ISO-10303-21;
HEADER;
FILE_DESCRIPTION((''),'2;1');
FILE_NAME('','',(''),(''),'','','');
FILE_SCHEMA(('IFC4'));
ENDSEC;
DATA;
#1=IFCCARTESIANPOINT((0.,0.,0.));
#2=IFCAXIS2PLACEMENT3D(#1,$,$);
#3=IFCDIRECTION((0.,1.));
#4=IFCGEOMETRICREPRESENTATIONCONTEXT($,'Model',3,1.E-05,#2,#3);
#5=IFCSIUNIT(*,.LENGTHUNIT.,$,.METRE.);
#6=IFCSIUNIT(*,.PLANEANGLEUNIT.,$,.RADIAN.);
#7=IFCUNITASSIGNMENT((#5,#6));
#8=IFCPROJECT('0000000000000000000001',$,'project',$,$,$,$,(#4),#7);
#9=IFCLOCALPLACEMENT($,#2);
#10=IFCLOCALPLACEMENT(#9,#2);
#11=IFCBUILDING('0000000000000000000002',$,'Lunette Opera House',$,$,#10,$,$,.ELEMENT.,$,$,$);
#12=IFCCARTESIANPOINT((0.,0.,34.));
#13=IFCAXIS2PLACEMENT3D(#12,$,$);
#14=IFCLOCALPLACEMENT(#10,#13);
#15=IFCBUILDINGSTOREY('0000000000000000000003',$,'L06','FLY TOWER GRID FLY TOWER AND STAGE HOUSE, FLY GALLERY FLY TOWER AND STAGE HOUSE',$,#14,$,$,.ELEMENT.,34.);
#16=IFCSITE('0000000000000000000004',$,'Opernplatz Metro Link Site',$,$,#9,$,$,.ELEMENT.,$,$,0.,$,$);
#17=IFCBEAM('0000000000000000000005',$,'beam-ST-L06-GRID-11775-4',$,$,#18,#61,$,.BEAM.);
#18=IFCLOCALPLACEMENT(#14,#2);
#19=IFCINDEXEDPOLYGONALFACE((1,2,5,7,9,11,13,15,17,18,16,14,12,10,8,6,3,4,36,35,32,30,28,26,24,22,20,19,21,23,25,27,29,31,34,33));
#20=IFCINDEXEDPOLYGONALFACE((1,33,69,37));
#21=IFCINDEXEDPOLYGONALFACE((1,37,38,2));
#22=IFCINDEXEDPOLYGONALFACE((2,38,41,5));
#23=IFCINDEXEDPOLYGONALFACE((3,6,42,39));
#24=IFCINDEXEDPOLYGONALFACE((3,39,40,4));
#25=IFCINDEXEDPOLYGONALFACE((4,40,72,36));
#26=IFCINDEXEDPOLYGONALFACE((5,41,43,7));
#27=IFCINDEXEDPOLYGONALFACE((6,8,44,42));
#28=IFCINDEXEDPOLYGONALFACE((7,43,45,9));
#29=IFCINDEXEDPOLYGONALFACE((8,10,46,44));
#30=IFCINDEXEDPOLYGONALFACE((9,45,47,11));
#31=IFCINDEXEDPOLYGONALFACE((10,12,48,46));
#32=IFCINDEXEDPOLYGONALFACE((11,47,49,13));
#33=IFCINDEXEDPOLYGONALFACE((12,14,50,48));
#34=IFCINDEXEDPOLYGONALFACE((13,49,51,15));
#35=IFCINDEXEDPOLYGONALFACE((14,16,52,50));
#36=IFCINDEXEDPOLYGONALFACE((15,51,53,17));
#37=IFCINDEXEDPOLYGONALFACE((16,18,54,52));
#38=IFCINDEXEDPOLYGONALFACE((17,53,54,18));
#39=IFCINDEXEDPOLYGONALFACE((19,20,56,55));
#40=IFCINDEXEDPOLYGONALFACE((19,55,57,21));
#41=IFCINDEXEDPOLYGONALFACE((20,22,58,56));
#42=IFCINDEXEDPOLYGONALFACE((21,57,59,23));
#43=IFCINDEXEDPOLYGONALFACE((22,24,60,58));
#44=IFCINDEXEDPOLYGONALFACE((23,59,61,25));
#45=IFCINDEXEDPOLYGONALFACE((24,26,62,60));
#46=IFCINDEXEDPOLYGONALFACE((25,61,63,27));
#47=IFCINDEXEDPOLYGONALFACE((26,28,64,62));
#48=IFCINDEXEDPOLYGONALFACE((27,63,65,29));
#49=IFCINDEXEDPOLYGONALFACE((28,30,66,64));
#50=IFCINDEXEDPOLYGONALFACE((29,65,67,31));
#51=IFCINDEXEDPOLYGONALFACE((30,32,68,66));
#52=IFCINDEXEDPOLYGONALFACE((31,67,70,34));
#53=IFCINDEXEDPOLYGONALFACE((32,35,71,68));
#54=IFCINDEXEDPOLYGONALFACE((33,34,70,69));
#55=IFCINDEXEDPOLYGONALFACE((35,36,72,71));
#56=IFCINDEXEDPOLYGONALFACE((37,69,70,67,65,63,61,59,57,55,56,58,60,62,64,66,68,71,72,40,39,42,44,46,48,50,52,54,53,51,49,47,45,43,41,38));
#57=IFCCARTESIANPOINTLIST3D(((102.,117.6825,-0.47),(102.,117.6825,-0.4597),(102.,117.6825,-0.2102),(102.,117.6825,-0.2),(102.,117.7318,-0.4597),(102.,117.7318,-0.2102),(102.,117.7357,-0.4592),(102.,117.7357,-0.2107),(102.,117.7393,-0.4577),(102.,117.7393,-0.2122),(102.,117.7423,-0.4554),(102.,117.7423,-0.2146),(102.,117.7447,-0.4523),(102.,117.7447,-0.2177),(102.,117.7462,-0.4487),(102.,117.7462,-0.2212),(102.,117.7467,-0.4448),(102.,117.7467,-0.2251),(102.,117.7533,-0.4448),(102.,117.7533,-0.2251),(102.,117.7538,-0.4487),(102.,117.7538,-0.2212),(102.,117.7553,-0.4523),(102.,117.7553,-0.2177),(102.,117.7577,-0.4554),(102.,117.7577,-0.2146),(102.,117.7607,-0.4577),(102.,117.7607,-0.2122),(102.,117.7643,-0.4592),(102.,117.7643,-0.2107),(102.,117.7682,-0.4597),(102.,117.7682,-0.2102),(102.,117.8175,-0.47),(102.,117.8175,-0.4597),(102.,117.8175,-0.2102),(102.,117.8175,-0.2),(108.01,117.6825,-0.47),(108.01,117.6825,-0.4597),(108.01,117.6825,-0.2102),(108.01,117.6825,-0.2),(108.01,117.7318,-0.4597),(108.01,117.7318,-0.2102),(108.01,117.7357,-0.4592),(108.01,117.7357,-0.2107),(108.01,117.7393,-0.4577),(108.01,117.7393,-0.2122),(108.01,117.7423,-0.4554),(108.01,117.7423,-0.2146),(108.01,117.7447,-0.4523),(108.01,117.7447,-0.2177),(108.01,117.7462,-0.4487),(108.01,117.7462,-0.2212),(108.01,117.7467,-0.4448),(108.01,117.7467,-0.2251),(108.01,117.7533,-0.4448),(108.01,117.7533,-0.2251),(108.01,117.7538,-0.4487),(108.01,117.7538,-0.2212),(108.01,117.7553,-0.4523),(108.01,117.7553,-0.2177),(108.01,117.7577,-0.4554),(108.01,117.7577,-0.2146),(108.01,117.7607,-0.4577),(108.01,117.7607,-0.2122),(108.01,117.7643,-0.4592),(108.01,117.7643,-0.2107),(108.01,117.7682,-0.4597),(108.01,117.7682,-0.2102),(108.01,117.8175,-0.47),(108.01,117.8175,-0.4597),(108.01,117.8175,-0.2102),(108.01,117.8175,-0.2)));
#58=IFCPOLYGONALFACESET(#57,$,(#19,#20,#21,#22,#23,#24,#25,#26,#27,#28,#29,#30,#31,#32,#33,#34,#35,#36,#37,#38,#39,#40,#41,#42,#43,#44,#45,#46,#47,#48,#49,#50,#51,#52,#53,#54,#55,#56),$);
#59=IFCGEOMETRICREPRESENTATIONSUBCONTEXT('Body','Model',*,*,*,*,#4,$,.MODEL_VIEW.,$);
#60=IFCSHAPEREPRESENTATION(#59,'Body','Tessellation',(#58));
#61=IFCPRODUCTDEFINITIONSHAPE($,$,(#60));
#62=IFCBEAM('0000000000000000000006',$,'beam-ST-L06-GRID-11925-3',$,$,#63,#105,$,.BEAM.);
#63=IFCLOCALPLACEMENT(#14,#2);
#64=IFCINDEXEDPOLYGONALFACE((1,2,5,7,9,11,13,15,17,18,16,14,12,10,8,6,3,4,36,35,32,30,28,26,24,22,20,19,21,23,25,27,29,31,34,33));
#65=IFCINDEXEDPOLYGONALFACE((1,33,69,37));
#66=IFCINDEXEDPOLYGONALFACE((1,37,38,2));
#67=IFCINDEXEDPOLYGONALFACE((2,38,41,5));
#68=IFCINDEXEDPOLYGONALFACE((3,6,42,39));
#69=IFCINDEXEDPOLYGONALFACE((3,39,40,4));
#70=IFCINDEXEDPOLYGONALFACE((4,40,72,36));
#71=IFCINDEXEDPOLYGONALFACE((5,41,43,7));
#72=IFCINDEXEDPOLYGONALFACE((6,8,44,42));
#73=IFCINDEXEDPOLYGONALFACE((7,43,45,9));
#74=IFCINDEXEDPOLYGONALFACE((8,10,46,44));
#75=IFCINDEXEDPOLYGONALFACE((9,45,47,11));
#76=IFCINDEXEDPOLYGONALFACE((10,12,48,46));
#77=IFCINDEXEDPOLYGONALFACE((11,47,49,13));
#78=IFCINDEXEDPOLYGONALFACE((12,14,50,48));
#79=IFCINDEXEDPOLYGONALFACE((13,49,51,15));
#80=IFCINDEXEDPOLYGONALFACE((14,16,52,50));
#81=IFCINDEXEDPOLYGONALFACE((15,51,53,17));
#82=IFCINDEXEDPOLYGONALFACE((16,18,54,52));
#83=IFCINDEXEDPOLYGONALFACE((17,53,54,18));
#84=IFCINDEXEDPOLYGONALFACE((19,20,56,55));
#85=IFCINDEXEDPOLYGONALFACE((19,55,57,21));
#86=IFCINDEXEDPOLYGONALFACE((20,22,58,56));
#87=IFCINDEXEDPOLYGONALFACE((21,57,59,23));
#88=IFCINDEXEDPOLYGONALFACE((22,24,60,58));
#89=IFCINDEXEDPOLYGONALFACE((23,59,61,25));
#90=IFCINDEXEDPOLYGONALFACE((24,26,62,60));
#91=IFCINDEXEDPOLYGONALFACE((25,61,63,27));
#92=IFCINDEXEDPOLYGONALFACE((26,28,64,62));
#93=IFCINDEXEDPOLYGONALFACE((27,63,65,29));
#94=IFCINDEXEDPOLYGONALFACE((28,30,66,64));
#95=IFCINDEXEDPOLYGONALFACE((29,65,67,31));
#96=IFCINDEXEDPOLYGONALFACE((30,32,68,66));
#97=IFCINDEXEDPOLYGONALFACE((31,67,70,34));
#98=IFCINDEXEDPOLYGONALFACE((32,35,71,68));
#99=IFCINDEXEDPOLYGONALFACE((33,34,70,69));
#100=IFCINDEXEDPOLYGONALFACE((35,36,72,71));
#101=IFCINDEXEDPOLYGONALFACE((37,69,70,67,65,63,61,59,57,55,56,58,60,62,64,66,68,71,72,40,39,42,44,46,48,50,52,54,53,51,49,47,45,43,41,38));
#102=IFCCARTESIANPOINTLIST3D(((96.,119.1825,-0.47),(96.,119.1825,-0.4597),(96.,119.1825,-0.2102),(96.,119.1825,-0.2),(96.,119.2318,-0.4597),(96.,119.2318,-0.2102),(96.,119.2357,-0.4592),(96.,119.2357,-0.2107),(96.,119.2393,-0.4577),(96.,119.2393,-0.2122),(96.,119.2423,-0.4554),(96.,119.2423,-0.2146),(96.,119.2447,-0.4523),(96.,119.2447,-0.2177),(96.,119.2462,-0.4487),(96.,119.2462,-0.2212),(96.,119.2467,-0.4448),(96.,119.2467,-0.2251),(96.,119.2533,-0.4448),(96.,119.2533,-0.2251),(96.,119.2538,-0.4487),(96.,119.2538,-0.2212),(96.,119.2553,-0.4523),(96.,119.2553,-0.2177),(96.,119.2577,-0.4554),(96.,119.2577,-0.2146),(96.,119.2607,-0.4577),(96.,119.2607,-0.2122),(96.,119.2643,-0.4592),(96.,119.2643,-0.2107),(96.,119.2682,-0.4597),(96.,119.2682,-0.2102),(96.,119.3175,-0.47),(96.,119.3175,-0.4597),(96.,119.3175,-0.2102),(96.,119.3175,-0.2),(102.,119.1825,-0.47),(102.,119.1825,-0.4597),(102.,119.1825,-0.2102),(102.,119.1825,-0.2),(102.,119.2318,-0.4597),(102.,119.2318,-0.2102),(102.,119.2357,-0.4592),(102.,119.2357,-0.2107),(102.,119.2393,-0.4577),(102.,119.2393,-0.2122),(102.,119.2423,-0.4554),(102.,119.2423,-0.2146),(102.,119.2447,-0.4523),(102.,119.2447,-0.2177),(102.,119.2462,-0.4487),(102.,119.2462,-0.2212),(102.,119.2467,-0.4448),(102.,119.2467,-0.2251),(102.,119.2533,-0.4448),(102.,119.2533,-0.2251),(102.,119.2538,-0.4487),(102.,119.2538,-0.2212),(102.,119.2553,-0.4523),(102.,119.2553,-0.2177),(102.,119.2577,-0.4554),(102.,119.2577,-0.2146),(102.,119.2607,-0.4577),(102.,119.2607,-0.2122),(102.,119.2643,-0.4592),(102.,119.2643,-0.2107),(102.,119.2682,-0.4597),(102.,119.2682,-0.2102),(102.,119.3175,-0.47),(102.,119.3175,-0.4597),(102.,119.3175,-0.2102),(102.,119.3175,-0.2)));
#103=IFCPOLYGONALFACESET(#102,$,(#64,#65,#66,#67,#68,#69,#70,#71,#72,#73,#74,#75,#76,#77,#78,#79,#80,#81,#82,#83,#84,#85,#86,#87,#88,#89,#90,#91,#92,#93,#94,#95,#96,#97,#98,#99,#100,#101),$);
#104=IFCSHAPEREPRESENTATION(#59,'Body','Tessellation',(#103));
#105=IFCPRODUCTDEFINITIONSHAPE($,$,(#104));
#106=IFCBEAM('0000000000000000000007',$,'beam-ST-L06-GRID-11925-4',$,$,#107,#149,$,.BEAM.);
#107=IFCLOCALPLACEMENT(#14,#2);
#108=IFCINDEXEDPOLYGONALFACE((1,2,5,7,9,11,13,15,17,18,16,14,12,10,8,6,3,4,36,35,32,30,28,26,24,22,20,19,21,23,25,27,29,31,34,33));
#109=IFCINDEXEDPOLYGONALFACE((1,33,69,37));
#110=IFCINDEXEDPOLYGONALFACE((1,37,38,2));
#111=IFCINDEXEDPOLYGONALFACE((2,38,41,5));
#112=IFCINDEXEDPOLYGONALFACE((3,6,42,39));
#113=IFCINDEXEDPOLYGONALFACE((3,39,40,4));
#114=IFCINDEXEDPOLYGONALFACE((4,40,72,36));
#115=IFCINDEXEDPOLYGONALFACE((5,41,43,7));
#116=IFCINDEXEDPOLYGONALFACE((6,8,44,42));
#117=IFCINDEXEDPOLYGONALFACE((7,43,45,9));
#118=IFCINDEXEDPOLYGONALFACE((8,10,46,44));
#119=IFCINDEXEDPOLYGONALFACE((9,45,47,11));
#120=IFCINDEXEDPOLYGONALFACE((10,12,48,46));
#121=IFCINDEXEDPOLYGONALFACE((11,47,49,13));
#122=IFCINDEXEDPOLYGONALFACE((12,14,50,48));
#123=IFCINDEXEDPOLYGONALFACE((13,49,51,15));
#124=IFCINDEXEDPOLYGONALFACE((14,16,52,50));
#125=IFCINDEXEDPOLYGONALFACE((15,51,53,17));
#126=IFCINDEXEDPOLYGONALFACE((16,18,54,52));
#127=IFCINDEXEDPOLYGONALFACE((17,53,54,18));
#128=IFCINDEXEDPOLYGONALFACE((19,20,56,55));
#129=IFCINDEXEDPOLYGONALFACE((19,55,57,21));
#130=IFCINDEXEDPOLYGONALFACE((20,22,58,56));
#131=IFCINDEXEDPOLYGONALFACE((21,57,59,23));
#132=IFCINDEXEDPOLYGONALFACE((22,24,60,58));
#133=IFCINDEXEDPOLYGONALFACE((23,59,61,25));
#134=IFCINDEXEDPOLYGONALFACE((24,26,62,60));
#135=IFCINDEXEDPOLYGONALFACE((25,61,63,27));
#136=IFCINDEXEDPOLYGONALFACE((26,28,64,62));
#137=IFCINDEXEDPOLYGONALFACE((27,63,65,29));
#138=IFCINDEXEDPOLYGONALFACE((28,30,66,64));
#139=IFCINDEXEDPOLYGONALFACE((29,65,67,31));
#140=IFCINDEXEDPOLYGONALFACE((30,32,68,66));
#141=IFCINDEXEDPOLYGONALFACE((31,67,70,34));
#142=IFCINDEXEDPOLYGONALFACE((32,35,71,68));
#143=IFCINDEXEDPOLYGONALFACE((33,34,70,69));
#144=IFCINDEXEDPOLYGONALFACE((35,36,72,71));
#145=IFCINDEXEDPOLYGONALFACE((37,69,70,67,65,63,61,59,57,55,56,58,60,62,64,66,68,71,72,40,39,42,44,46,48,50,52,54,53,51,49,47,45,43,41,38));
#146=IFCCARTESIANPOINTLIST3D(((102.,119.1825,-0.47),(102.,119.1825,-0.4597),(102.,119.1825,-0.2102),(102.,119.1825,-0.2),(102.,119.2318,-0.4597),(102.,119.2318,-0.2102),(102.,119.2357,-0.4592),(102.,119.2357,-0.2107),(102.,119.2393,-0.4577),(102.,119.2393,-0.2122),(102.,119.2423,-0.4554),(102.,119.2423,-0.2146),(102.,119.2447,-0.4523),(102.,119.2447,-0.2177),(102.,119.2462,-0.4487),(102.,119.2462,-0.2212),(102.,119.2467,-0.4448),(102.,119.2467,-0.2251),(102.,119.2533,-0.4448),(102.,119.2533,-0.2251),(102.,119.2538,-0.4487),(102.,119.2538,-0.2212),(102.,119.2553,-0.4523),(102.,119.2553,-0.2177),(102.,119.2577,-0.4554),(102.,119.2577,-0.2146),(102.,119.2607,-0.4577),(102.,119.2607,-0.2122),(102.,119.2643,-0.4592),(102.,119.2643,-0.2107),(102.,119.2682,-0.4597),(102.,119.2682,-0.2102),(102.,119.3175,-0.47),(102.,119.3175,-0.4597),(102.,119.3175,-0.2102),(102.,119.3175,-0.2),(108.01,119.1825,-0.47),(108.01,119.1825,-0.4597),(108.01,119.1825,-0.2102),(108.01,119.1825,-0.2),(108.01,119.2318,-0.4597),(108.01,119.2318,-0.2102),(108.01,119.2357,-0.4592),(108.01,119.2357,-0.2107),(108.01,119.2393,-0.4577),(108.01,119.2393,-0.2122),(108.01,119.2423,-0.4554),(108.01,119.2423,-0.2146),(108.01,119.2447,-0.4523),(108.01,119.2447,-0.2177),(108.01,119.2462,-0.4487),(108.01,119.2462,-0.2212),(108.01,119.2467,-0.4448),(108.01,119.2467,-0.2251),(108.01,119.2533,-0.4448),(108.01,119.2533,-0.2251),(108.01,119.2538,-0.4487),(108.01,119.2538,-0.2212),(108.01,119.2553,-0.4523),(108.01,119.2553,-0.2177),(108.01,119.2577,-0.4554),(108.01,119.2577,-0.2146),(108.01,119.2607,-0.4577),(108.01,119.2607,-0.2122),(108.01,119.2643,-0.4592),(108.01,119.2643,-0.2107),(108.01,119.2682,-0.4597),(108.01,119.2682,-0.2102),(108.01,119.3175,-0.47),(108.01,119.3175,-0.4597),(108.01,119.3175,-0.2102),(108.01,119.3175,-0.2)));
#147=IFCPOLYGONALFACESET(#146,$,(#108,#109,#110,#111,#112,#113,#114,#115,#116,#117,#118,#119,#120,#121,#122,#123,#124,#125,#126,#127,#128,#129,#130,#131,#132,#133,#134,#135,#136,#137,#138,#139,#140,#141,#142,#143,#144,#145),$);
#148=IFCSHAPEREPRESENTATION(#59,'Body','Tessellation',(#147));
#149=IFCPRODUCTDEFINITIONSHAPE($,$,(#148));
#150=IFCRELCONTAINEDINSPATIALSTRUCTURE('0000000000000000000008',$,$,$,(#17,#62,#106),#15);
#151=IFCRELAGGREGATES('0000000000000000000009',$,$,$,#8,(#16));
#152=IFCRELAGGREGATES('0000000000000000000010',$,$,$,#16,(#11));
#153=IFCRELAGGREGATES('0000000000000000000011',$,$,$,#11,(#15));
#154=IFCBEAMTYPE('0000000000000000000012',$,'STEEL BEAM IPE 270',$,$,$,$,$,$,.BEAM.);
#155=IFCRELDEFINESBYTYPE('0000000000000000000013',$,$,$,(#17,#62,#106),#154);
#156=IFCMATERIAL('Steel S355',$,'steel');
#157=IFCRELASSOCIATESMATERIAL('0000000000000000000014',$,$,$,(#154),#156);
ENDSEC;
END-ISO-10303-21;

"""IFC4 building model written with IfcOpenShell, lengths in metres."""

from ifc_helpers import new_model, si_unit, direction, frame, origin, origin_2d, place, context, subcontext, project, spatial, i_section, extrude, material, material_profile, profile_set, type_object, element, save


model = new_model("IFC4")

# Units and contexts
model_context = context("Model", 3, precision=1e-05, world=origin(), true_north=direction((0.0, 1.0)))
body_context = subcontext(model_context, "Body", "Model", "MODEL_VIEW")
ifc_project = project(units=[si_unit("LENGTHUNIT", "METRE"), si_unit("PLANEANGLEUNIT", "RADIAN")], contexts=[model_context])

# Site, building, storey
site_placement = place(None, origin())
site = spatial("IfcSite", under=ifc_project, at=site_placement, Name="Opernplatz Metro Link Site", CompositionType="ELEMENT", RefElevation=0.0)
building_placement = place(site_placement, origin())
building = spatial("IfcBuilding", under=site, at=building_placement, Name="Lunette Opera House", CompositionType="ELEMENT")
storey_placement = place(building_placement, frame((0.0, 0.0, 34.0)))
storey = spatial("IfcBuildingStorey", under=building, at=storey_placement, Name="L06", Description="FLY TOWER GRID FLY TOWER AND STAGE HOUSE, FLY GALLERY FLY TOWER AND STAGE HOUSE", CompositionType="ELEMENT", Elevation=34.0)

# Beams
ifc_material_1 = material(Name="Steel S355", Category="steel")
ifc_material_profile_1 = material_profile(ifc_material_1, i_section(OverallWidth=0.135, OverallDepth=0.27, WebThickness=0.0066, FlangeThickness=0.0103, FilletRadius=0.0149, at=origin_2d()), Name="IPE 270")
ifc_profile_set_1 = profile_set([ifc_material_profile_1], Name="Steel S355")
beam_type = type_object("IfcBeamType", Name="STEEL BEAM IPE 270", PredefinedType="BEAM", material=ifc_profile_set_1)
beam_1_placement = place(storey_placement, frame((102.0, 117.75, -0.335), z_axis=(1.0, 0.0, 0.0), x_axis=(0.0, 1.0, 0.0)))
element("IfcBeam", 1, at=beam_1_placement, inside=storey, type_object=beam_type, Name="beam-ST-L06-GRID-11775-4", PredefinedType="BEAM", context=body_context, shape_type="SweptSolid", body=[
    extrude(i_section(OverallWidth=0.135, OverallDepth=0.27, WebThickness=0.0066, FlangeThickness=0.0103, FilletRadius=0.0149, at=origin_2d()), origin(), (0.0, 0.0, 1.0), 6.01),
])
beam_2_placement = place(storey_placement, frame((96.0, 119.25, -0.335), z_axis=(1.0, 0.0, 0.0), x_axis=(0.0, 1.0, 0.0)))
element("IfcBeam", 2, at=beam_2_placement, inside=storey, type_object=beam_type, Name="beam-ST-L06-GRID-11925-3", PredefinedType="BEAM", context=body_context, shape_type="SweptSolid", body=[
    extrude(i_section(OverallWidth=0.135, OverallDepth=0.27, WebThickness=0.0066, FlangeThickness=0.0103, FilletRadius=0.0149, at=origin_2d()), origin(), (0.0, 0.0, 1.0), 6.0),
])
beam_3_placement = place(storey_placement, frame((102.0, 119.25, -0.335), z_axis=(1.0, 0.0, 0.0), x_axis=(0.0, 1.0, 0.0)))
element("IfcBeam", 3, at=beam_3_placement, inside=storey, type_object=beam_type, Name="beam-ST-L06-GRID-11925-4", PredefinedType="BEAM", context=body_context, shape_type="SweptSolid", body=[
    extrude(i_section(OverallWidth=0.135, OverallDepth=0.27, WebThickness=0.0066, FlangeThickness=0.0103, FilletRadius=0.0149, at=origin_2d()), origin(), (0.0, 0.0, 1.0), 6.01),
])

save(model, "model.ifc")
